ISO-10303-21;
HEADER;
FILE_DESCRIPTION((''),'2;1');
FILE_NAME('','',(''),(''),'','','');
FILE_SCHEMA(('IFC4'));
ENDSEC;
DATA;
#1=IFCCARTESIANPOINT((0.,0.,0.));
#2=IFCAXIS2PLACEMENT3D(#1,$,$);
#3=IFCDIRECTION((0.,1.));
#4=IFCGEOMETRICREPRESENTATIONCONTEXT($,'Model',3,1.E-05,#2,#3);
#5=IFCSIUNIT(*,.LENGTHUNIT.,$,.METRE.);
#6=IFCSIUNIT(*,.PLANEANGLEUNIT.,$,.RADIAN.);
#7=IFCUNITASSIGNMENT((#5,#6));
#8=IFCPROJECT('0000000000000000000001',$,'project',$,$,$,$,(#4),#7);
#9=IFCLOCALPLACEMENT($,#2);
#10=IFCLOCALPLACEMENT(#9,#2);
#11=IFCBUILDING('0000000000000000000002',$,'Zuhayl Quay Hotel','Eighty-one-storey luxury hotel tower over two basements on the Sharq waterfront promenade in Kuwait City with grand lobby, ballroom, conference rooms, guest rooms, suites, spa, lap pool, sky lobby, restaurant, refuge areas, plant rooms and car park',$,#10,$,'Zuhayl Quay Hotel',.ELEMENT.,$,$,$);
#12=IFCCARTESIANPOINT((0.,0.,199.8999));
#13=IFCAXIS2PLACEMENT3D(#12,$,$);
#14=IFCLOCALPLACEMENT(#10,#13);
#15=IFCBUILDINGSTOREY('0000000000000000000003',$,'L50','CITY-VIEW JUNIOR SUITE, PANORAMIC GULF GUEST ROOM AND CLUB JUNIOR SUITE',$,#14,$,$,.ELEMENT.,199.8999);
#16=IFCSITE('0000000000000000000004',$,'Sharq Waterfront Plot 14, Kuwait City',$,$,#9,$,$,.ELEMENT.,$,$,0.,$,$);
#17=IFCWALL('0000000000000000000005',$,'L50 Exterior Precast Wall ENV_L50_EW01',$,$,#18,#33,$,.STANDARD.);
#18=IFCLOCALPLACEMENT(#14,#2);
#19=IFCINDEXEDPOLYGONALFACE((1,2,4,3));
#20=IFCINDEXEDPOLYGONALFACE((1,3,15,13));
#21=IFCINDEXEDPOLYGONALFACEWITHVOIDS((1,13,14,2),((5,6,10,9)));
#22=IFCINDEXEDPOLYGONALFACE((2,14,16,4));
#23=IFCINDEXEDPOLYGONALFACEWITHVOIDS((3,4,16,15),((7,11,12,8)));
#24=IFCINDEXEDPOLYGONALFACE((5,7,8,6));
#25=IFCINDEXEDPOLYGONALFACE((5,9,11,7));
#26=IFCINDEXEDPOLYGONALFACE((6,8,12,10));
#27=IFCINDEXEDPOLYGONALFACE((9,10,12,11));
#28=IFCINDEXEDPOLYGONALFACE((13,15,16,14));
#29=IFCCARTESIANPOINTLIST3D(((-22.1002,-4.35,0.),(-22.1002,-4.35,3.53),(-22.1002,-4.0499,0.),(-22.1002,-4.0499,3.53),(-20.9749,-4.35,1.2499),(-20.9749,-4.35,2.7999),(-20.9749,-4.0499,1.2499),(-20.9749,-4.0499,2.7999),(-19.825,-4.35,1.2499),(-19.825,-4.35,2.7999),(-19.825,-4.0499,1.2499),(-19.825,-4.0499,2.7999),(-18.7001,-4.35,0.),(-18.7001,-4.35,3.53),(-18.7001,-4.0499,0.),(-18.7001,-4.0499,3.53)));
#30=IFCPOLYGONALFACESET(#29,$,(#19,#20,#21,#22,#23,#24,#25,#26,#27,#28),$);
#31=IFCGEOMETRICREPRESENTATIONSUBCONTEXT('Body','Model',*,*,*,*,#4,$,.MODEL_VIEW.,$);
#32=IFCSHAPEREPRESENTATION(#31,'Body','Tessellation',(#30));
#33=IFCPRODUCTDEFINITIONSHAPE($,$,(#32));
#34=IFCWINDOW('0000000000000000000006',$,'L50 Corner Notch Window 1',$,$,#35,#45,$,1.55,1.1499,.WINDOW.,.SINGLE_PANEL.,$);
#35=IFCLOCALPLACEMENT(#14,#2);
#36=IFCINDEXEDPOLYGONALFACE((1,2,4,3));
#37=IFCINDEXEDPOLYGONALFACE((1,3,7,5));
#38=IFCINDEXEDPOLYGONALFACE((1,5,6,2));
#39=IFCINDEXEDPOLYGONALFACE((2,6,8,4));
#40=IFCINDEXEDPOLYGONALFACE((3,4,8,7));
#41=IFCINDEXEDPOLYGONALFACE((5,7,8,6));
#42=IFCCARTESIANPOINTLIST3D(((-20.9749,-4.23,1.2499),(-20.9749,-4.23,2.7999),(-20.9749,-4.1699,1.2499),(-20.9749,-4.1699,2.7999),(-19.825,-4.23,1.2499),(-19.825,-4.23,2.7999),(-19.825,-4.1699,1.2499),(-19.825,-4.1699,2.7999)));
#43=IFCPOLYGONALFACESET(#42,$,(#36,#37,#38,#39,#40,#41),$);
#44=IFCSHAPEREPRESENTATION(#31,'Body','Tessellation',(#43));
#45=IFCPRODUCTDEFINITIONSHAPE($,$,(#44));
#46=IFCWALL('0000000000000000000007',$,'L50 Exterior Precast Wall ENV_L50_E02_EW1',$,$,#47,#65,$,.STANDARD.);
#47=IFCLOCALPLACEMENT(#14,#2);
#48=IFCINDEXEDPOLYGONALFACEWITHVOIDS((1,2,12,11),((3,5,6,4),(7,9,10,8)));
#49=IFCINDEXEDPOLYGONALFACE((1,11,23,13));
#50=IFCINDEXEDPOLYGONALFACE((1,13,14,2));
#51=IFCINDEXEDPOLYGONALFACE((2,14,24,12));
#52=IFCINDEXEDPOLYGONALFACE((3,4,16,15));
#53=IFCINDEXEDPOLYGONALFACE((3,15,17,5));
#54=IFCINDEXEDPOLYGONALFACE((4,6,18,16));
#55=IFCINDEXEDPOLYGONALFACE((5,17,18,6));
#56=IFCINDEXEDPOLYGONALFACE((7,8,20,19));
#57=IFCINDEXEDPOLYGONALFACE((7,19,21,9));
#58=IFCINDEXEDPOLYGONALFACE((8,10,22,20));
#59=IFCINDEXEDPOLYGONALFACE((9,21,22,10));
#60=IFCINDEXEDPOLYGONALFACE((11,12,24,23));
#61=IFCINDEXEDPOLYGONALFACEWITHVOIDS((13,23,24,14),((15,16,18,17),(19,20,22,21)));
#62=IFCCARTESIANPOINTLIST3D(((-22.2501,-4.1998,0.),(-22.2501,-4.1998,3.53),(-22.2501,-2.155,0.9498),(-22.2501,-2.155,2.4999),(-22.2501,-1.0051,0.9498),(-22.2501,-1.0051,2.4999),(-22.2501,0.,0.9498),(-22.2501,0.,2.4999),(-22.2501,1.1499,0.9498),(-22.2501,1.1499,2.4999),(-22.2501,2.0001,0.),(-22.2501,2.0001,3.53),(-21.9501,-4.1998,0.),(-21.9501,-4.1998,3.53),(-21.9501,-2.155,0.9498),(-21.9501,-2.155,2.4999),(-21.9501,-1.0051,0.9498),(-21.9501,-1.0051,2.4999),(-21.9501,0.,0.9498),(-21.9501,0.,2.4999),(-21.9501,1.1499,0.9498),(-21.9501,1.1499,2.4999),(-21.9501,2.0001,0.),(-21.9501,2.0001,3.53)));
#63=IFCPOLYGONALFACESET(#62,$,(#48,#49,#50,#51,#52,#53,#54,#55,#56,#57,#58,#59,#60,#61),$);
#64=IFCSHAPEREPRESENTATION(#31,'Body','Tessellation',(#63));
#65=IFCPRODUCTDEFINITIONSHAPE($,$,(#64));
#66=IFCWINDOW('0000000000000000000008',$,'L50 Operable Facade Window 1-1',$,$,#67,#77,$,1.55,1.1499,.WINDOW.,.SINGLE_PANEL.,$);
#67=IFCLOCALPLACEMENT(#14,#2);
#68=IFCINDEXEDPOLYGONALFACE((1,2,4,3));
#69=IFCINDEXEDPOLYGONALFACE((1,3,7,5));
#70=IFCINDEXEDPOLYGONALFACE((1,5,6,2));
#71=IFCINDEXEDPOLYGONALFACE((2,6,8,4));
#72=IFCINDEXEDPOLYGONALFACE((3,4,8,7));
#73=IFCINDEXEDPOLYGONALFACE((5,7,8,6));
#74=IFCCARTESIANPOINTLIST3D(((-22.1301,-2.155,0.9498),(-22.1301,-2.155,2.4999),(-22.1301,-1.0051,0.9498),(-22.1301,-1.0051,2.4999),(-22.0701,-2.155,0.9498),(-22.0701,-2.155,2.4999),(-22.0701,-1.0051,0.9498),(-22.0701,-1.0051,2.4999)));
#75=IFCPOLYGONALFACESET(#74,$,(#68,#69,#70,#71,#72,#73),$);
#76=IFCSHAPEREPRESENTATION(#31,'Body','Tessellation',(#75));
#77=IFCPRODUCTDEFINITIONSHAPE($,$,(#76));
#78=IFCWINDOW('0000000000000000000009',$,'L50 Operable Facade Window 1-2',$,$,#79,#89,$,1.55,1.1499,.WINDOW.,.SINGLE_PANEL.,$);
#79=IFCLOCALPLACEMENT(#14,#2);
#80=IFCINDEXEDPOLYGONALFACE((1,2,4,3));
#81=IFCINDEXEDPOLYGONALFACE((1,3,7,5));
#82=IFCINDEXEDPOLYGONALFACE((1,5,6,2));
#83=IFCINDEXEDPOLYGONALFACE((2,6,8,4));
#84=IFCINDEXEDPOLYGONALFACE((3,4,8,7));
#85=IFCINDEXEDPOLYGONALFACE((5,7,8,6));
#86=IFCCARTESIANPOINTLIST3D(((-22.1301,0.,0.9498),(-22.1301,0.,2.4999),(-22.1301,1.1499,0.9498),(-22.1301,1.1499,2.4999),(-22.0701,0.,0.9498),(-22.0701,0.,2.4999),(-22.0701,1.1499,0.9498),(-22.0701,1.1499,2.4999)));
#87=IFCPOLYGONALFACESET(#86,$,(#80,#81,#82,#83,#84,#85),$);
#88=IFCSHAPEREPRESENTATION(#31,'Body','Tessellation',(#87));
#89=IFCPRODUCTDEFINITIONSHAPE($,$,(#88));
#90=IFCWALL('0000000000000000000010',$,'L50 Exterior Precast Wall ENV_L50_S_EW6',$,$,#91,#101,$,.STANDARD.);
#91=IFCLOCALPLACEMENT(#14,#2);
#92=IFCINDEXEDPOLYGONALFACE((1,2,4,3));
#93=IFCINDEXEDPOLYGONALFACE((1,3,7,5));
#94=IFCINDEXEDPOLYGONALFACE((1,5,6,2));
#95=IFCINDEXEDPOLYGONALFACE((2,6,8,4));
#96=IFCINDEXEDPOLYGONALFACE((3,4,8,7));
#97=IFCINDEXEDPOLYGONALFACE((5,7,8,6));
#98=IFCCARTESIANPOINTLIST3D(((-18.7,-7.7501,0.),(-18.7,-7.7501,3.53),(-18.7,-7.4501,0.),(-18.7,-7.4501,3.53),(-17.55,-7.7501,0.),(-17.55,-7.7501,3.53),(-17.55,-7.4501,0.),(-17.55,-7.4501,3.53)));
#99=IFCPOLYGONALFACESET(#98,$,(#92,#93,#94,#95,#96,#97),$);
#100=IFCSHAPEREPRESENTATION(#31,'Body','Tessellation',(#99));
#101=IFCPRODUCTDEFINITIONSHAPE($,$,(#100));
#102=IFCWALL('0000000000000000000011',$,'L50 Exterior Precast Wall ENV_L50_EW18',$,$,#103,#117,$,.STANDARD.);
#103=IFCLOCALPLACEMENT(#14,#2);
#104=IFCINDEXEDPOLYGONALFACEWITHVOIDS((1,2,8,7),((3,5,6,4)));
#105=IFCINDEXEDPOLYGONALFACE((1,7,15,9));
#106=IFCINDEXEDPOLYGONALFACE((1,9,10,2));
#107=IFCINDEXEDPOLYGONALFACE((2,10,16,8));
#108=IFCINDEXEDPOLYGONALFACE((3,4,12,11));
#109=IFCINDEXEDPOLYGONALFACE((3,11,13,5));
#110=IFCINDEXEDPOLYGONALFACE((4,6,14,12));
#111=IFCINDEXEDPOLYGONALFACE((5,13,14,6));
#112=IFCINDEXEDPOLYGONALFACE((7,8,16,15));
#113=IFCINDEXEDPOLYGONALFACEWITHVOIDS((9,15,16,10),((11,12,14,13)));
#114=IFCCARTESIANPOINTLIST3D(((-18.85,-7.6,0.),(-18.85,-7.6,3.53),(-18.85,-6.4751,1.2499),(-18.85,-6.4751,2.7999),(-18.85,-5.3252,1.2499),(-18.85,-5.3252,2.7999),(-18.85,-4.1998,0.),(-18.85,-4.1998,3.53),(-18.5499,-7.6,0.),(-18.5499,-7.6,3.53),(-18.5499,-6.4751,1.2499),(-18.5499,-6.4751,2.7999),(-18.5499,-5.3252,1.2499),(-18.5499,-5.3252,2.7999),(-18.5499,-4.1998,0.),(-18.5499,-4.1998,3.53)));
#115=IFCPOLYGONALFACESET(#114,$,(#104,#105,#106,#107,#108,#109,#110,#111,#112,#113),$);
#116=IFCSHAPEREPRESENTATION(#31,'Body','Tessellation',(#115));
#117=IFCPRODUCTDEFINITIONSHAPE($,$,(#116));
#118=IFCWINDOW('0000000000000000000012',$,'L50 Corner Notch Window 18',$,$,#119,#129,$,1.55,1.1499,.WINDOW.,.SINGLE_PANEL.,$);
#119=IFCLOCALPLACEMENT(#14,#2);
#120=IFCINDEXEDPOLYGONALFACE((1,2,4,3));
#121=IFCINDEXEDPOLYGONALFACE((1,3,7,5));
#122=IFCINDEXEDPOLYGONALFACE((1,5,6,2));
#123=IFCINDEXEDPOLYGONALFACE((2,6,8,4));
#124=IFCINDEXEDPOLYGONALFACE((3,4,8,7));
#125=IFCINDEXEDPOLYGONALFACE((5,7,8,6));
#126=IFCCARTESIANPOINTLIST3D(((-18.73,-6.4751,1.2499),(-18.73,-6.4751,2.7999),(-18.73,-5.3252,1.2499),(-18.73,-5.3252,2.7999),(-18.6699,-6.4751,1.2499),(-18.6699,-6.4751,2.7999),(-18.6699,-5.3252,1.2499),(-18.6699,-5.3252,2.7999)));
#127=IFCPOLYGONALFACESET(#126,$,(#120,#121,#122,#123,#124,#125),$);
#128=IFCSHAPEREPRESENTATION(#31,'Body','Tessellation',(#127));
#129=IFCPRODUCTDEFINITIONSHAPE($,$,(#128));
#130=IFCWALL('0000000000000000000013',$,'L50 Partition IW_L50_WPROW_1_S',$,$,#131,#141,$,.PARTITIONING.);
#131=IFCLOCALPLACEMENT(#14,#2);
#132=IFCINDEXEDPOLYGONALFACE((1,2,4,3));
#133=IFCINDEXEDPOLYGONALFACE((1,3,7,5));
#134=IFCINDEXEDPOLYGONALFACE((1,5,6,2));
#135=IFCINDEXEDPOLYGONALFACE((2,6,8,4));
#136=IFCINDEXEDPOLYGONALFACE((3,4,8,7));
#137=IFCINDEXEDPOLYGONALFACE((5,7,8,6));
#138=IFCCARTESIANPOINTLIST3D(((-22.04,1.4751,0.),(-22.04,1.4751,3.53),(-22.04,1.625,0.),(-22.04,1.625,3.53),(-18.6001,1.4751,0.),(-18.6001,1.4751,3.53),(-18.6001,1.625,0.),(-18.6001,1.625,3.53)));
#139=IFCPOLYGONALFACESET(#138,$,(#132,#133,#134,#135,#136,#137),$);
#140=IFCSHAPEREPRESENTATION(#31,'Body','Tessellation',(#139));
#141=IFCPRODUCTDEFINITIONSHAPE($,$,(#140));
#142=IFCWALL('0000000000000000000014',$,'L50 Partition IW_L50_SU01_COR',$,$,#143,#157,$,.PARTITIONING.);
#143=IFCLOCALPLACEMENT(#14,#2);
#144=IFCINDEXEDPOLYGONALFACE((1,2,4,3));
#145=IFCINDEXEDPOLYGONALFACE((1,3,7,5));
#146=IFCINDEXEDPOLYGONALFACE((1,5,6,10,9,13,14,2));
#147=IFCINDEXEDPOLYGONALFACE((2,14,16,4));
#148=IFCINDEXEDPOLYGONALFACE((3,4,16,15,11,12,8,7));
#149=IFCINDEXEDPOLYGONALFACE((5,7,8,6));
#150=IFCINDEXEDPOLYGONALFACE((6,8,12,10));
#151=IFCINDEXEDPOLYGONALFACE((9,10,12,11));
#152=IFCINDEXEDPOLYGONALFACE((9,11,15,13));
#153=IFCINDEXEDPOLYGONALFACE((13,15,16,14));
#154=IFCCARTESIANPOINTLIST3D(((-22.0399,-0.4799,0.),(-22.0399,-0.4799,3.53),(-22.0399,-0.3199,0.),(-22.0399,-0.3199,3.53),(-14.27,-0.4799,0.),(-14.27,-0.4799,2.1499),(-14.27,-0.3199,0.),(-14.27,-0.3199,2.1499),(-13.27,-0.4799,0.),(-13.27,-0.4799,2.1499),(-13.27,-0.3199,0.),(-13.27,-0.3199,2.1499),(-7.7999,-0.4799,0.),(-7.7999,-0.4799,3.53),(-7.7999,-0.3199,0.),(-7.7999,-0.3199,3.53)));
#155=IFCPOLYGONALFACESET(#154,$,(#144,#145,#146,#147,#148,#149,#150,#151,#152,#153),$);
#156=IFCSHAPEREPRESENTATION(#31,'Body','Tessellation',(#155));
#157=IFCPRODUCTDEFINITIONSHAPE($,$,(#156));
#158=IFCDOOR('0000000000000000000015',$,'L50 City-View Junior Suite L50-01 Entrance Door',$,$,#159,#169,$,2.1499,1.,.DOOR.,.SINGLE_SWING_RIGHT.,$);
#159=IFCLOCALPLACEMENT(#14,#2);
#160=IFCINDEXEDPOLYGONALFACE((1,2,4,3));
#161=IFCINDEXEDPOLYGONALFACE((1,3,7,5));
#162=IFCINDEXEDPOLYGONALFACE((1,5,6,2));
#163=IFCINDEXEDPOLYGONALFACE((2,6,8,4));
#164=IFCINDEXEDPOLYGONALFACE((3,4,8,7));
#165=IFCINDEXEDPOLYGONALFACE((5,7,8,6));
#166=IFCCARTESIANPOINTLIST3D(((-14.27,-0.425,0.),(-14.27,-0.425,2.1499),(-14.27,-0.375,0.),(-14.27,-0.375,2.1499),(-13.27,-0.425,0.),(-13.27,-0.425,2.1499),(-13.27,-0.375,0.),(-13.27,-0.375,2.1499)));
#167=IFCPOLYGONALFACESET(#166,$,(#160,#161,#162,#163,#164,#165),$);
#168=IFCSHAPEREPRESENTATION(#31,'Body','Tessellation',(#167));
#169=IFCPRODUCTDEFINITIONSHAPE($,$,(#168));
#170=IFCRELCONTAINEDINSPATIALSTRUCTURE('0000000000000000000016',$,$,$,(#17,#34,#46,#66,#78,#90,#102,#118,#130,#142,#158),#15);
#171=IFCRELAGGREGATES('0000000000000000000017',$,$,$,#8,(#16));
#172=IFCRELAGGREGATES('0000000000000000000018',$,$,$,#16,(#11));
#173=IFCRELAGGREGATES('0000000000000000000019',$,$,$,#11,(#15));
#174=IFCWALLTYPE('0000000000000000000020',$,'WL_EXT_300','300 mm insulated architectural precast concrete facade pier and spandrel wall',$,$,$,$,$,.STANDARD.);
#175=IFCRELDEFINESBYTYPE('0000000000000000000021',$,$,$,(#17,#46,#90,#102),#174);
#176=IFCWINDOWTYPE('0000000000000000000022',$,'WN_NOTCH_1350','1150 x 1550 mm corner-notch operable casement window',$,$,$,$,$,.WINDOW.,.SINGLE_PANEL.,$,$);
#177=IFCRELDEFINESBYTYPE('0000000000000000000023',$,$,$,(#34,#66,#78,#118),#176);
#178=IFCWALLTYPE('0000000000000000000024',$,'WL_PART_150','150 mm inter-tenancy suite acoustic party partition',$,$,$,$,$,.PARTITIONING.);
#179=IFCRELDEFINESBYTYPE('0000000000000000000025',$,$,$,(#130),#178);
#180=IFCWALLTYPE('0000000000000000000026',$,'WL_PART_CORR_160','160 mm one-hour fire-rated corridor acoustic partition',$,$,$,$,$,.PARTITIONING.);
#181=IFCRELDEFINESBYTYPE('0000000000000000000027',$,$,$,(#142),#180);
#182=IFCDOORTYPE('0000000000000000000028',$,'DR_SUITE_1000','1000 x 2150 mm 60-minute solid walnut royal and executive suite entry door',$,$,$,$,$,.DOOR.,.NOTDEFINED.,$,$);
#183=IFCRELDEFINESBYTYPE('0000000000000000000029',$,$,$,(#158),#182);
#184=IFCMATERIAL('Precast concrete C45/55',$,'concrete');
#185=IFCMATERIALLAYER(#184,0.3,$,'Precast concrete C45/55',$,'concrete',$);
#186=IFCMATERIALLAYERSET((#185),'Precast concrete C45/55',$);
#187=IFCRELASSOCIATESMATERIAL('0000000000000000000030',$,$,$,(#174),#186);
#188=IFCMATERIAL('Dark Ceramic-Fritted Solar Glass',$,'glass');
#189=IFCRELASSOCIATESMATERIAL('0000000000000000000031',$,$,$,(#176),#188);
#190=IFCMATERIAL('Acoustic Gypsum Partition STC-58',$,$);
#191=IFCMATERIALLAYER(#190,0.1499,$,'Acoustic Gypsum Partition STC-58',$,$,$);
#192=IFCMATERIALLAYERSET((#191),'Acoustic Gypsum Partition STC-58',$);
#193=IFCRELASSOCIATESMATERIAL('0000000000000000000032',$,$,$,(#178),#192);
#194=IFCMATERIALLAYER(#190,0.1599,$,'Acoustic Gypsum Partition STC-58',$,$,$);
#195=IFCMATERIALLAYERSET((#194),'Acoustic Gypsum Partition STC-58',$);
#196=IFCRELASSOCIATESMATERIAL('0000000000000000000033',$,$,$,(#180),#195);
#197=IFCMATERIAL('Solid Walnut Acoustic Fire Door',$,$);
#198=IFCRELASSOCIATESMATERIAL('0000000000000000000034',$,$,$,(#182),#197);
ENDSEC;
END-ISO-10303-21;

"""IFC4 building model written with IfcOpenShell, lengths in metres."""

from ifc_helpers import new_model, si_unit, direction, frame, frame_2d, origin, place, context, subcontext, project, spatial, rectangle, extrude, material, layer, layer_set, type_object, element, fill, save


model = new_model("IFC4")

# Units and contexts
model_context = context("Model", 3, precision=1e-05, world=origin(), true_north=direction((0.0, 1.0)))
body_context = subcontext(model_context, "Body", "Model", "MODEL_VIEW")
ifc_project = project(units=[si_unit("LENGTHUNIT", "METRE"), si_unit("PLANEANGLEUNIT", "RADIAN")], contexts=[model_context])

# Site, building, storey
site_placement = place(None, origin())
site = spatial("IfcSite", under=ifc_project, at=site_placement, Name="Sharq Waterfront Plot 14, Kuwait City", CompositionType="ELEMENT", RefElevation=0.0)
building_placement = place(site_placement, origin())
building = spatial("IfcBuilding", under=site, at=building_placement, Name="Zuhayl Quay Hotel", Description="Eighty-one-storey luxury hotel tower over two basements on the Sharq waterfront promenade in Kuwait City with grand lobby, ballroom, conference rooms, guest rooms, suites, spa, lap pool, sky lobby, restaurant, refuge areas, plant rooms and car park", LongName="Zuhayl Quay Hotel", CompositionType="ELEMENT")
storey_placement = place(building_placement, frame((0.0, 0.0, 199.8999)))
storey = spatial("IfcBuildingStorey", under=building, at=storey_placement, Name="L50", Description="CITY-VIEW JUNIOR SUITE, PANORAMIC GULF GUEST ROOM AND CLUB JUNIOR SUITE", CompositionType="ELEMENT", Elevation=199.8999)

# Shared definitions
ifc_material_1 = material(Name="Dark Ceramic-Fritted Solar Glass", Category="glass")

# Wall, opening, window
ifc_material_2 = material(Name="Precast concrete C45/55", Category="concrete")
ifc_layer_1 = layer(ifc_material_2, 0.3, Name="Precast concrete C45/55", Category="concrete")
ifc_layer_set_1 = layer_set([ifc_layer_1], Name="Precast concrete C45/55")
wall_type_1 = type_object("IfcWallType", Name="WL_EXT_300", Description="300 mm insulated architectural precast concrete facade pier and spandrel wall", PredefinedType="STANDARD", material=ifc_layer_set_1)
wall_1_placement = place(storey_placement, frame((-18.7, -4.2, 0.0), z_axis=(0.0, 0.0, 1.0), x_axis=(-1.0, 0.0, 0.0)))
wall_1 = element("IfcWall", 1, at=wall_1_placement, inside=storey, type_object=wall_type_1, Name="L50 Exterior Precast Wall ENV_L50_EW01", PredefinedType="STANDARD", context=body_context, shape_type="SweptSolid", body=[
    extrude(rectangle(XDim=3.4001, YDim=0.3, at=frame_2d((1.7002, 0.0))), origin(), (0.0, 0.0, 1.0), 3.53),
])
opening_1_placement = place(wall_1_placement, frame((1.125, 0.0, 1.25)))
opening_1 = element("IfcOpeningElement", 2, at=opening_1_placement, cuts=wall_1, PredefinedType="OPENING", context=body_context, shape_type="SweptSolid", body=[
    extrude(rectangle(XDim=1.1499, YDim=1.55, at=frame_2d((0.575, 0.7749))), frame((0.0, 0.1599, 0.0), z_axis=(0.0, -1.0, 0.0), x_axis=(1.0, 0.0, 0.0)), (0.0, 0.0, 1.0), 0.3201),
])
window_type = type_object("IfcWindowType", Name="WN_NOTCH_1350", Description="1150 x 1550 mm corner-notch operable casement window", PartitioningType="SINGLE_PANEL", PredefinedType="WINDOW", material=ifc_material_1)
window_1_placement = place(opening_1_placement, origin())
window_1 = element("IfcWindow", 3, at=window_1_placement, inside=storey, type_object=window_type, Name="L50 Corner Notch Window 1", OverallHeight=1.55, OverallWidth=1.1499, PartitioningType="SINGLE_PANEL", PredefinedType="WINDOW", context=body_context, shape_type="SweptSolid", body=[
    extrude(rectangle(XDim=1.1499, YDim=1.55, at=frame_2d((0.575, 0.7749))), frame((0.0, 0.03, 0.0), z_axis=(0.0, -1.0, 0.0), x_axis=(1.0, 0.0, 0.0)), (0.0, 0.0, 1.0), 0.0601),
])
fill(opening_1, window_1)

# Wall, openings, windows
wall_2_placement = place(storey_placement, frame((-22.1001, -4.2, 0.0), z_axis=(0.0, 0.0, 1.0), x_axis=(0.0, 1.0, 0.0)))
wall_2 = element("IfcWall", 4, at=wall_2_placement, inside=storey, type_object=wall_type_1, Name="L50 Exterior Precast Wall ENV_L50_E02_EW1", PredefinedType="STANDARD", context=body_context, shape_type="SweptSolid", body=[
    extrude(rectangle(XDim=6.2, YDim=0.3, at=frame_2d((3.1001, 0.0))), origin(), (0.0, 0.0, 1.0), 3.53),
])
opening_2_placement = place(wall_2_placement, frame((2.0449, 0.0, 0.95)))
opening_2 = element("IfcOpeningElement", 5, at=opening_2_placement, cuts=wall_2, PredefinedType="OPENING", context=body_context, shape_type="SweptSolid", body=[
    extrude(rectangle(XDim=1.1499, YDim=1.55, at=frame_2d((0.575, 0.7749))), frame((0.0, 0.1599, 0.0), z_axis=(0.0, -1.0, 0.0), x_axis=(1.0, 0.0, 0.0)), (0.0, 0.0, 1.0), 0.3201),
])
opening_3_placement = place(wall_2_placement, frame((4.2, 0.0, 0.95)))
opening_3 = element("IfcOpeningElement", 6, at=opening_3_placement, cuts=wall_2, PredefinedType="OPENING", context=body_context, shape_type="SweptSolid", body=[
    extrude(rectangle(XDim=1.1499, YDim=1.55, at=frame_2d((0.575, 0.7749))), frame((0.0, 0.1599, 0.0), z_axis=(0.0, -1.0, 0.0), x_axis=(1.0, 0.0, 0.0)), (0.0, 0.0, 1.0), 0.3201),
])
window_2_placement = place(opening_2_placement, origin())
window_2 = element("IfcWindow", 7, at=window_2_placement, inside=storey, type_object=window_type, Name="L50 Operable Facade Window 1-1", OverallHeight=1.55, OverallWidth=1.1499, PartitioningType="SINGLE_PANEL", PredefinedType="WINDOW", context=body_context, shape_type="SweptSolid", body=[
    extrude(rectangle(XDim=1.1499, YDim=1.55, at=frame_2d((0.575, 0.7749))), frame((0.0, 0.03, 0.0), z_axis=(0.0, -1.0, 0.0), x_axis=(1.0, 0.0, 0.0)), (0.0, 0.0, 1.0), 0.0601),
])
fill(opening_2, window_2)
window_3_placement = place(opening_3_placement, origin())
window_3 = element("IfcWindow", 8, at=window_3_placement, inside=storey, type_object=window_type, Name="L50 Operable Facade Window 1-2", OverallHeight=1.55, OverallWidth=1.1499, PartitioningType="SINGLE_PANEL", PredefinedType="WINDOW", context=body_context, shape_type="SweptSolid", body=[
    extrude(rectangle(XDim=1.1499, YDim=1.55, at=frame_2d((0.575, 0.7749))), frame((0.0, 0.03, 0.0), z_axis=(0.0, -1.0, 0.0), x_axis=(1.0, 0.0, 0.0)), (0.0, 0.0, 1.0), 0.0601),
])
fill(opening_3, window_3)

# Wall
wall_3_placement = place(storey_placement, frame((-17.55, -7.6001, 0.0), z_axis=(0.0, 0.0, 1.0), x_axis=(-1.0, 0.0, 0.0)))
element("IfcWall", 9, at=wall_3_placement, inside=storey, type_object=wall_type_1, Name="L50 Exterior Precast Wall ENV_L50_S_EW6", PredefinedType="STANDARD", context=body_context, shape_type="SweptSolid", body=[
    extrude(rectangle(XDim=1.1499, YDim=0.3, at=frame_2d((0.575, 0.0))), origin(), (0.0, 0.0, 1.0), 3.53),
])

# Wall, opening, window
wall_4_placement = place(storey_placement, frame((-18.7, -7.6001, 0.0), z_axis=(0.0, 0.0, 1.0), x_axis=(0.0, 1.0, 0.0)))
wall_4 = element("IfcWall", 10, at=wall_4_placement, inside=storey, type_object=wall_type_1, Name="L50 Exterior Precast Wall ENV_L50_EW18", PredefinedType="STANDARD", context=body_context, shape_type="SweptSolid", body=[
    extrude(rectangle(XDim=3.4001, YDim=0.3, at=frame_2d((1.7002, 0.0))), origin(), (0.0, 0.0, 1.0), 3.53),
])
opening_4_placement = place(wall_4_placement, frame((1.125, 0.0, 1.25)))
opening_4 = element("IfcOpeningElement", 11, at=opening_4_placement, cuts=wall_4, PredefinedType="OPENING", context=body_context, shape_type="SweptSolid", body=[
    extrude(rectangle(XDim=1.1499, YDim=1.55, at=frame_2d((0.575, 0.7749))), frame((0.0, 0.1599, 0.0), z_axis=(0.0, -1.0, 0.0), x_axis=(1.0, 0.0, 0.0)), (0.0, 0.0, 1.0), 0.3201),
])
window_4_placement = place(opening_4_placement, origin())
window_4 = element("IfcWindow", 12, at=window_4_placement, inside=storey, type_object=window_type, Name="L50 Corner Notch Window 18", OverallHeight=1.55, OverallWidth=1.1499, PartitioningType="SINGLE_PANEL", PredefinedType="WINDOW", context=body_context, shape_type="SweptSolid", body=[
    extrude(rectangle(XDim=1.1499, YDim=1.55, at=frame_2d((0.575, 0.7749))), frame((0.0, 0.03, 0.0), z_axis=(0.0, -1.0, 0.0), x_axis=(1.0, 0.0, 0.0)), (0.0, 0.0, 1.0), 0.0601),
])
fill(opening_4, window_4)

# Wall
ifc_material_3 = material(Name="Acoustic Gypsum Partition STC-58")
ifc_layer_2 = layer(ifc_material_3, 0.1499, Name="Acoustic Gypsum Partition STC-58")
ifc_layer_set_2 = layer_set([ifc_layer_2], Name="Acoustic Gypsum Partition STC-58")
wall_type_2 = type_object("IfcWallType", Name="WL_PART_150", Description="150 mm inter-tenancy suite acoustic party partition", PredefinedType="PARTITIONING", material=ifc_layer_set_2)
wall_5_placement = place(storey_placement, frame((-22.04, 1.55, 0.0), z_axis=(0.0, 0.0, 1.0), x_axis=(1.0, 0.0, 0.0)))
element("IfcWall", 13, at=wall_5_placement, inside=storey, type_object=wall_type_2, Name="L50 Partition IW_L50_WPROW_1_S", PredefinedType="PARTITIONING", context=body_context, shape_type="SweptSolid", body=[
    extrude(rectangle(XDim=3.4399, YDim=0.1499, at=frame_2d((1.72, 0.0))), origin(), (0.0, 0.0, 1.0), 3.53),
])

# Wall, opening, door
ifc_layer_3 = layer(ifc_material_3, 0.1599, Name="Acoustic Gypsum Partition STC-58")
ifc_layer_set_3 = layer_set([ifc_layer_3], Name="Acoustic Gypsum Partition STC-58")
wall_type_3 = type_object("IfcWallType", Name="WL_PART_CORR_160", Description="160 mm one-hour fire-rated corridor acoustic partition", PredefinedType="PARTITIONING", material=ifc_layer_set_3)
wall_6_placement = place(storey_placement, frame((-22.04, -0.3999, 0.0), z_axis=(0.0, 0.0, 1.0), x_axis=(1.0, 0.0, 0.0)))
wall_6 = element("IfcWall", 14, at=wall_6_placement, inside=storey, type_object=wall_type_3, Name="L50 Partition IW_L50_SU01_COR", PredefinedType="PARTITIONING", context=body_context, shape_type="SweptSolid", body=[
    extrude(rectangle(XDim=14.24, YDim=0.1599, at=frame_2d((7.1201, 0.0))), origin(), (0.0, 0.0, 1.0), 3.53),
])
opening_5_placement = place(wall_6_placement, frame((7.77, 0.0, 0.0)))
opening_5 = element("IfcOpeningElement", 15, at=opening_5_placement, cuts=wall_6, PredefinedType="OPENING", context=body_context, shape_type="SweptSolid", body=[
    extrude(rectangle(XDim=1.0, YDim=2.1499, at=frame_2d((0.5, 1.075))), frame((0.0, 0.0898, 0.0), z_axis=(0.0, -1.0, 0.0), x_axis=(1.0, 0.0, 0.0)), (0.0, 0.0, 1.0), 0.1799),
])
ifc_material_4 = material(Name="Solid Walnut Acoustic Fire Door")
door_type_1 = type_object("IfcDoorType", Name="DR_SUITE_1000", Description="1000 x 2150 mm 60-minute solid walnut royal and executive suite entry door", OperationType="NOTDEFINED", PredefinedType="DOOR", material=ifc_material_4)
door_1_placement = place(opening_5_placement, origin())
door_1 = element("IfcDoor", 16, at=door_1_placement, inside=storey, type_object=door_type_1, Name="L50 City-View Junior Suite L50-01 Entrance Door", OperationType="SINGLE_SWING_RIGHT", OverallHeight=2.1499, OverallWidth=1.0, PredefinedType="DOOR", context=body_context, shape_type="SweptSolid", body=[
    extrude(rectangle(XDim=1.0, YDim=2.1499, at=frame_2d((0.5, 1.075))), frame((0.0, 0.0249, 0.0), z_axis=(0.0, -1.0, 0.0), x_axis=(1.0, 0.0, 0.0)), (0.0, 0.0, 1.0), 0.05),
])
fill(opening_5, door_1)

save(model, "model.ifc")
